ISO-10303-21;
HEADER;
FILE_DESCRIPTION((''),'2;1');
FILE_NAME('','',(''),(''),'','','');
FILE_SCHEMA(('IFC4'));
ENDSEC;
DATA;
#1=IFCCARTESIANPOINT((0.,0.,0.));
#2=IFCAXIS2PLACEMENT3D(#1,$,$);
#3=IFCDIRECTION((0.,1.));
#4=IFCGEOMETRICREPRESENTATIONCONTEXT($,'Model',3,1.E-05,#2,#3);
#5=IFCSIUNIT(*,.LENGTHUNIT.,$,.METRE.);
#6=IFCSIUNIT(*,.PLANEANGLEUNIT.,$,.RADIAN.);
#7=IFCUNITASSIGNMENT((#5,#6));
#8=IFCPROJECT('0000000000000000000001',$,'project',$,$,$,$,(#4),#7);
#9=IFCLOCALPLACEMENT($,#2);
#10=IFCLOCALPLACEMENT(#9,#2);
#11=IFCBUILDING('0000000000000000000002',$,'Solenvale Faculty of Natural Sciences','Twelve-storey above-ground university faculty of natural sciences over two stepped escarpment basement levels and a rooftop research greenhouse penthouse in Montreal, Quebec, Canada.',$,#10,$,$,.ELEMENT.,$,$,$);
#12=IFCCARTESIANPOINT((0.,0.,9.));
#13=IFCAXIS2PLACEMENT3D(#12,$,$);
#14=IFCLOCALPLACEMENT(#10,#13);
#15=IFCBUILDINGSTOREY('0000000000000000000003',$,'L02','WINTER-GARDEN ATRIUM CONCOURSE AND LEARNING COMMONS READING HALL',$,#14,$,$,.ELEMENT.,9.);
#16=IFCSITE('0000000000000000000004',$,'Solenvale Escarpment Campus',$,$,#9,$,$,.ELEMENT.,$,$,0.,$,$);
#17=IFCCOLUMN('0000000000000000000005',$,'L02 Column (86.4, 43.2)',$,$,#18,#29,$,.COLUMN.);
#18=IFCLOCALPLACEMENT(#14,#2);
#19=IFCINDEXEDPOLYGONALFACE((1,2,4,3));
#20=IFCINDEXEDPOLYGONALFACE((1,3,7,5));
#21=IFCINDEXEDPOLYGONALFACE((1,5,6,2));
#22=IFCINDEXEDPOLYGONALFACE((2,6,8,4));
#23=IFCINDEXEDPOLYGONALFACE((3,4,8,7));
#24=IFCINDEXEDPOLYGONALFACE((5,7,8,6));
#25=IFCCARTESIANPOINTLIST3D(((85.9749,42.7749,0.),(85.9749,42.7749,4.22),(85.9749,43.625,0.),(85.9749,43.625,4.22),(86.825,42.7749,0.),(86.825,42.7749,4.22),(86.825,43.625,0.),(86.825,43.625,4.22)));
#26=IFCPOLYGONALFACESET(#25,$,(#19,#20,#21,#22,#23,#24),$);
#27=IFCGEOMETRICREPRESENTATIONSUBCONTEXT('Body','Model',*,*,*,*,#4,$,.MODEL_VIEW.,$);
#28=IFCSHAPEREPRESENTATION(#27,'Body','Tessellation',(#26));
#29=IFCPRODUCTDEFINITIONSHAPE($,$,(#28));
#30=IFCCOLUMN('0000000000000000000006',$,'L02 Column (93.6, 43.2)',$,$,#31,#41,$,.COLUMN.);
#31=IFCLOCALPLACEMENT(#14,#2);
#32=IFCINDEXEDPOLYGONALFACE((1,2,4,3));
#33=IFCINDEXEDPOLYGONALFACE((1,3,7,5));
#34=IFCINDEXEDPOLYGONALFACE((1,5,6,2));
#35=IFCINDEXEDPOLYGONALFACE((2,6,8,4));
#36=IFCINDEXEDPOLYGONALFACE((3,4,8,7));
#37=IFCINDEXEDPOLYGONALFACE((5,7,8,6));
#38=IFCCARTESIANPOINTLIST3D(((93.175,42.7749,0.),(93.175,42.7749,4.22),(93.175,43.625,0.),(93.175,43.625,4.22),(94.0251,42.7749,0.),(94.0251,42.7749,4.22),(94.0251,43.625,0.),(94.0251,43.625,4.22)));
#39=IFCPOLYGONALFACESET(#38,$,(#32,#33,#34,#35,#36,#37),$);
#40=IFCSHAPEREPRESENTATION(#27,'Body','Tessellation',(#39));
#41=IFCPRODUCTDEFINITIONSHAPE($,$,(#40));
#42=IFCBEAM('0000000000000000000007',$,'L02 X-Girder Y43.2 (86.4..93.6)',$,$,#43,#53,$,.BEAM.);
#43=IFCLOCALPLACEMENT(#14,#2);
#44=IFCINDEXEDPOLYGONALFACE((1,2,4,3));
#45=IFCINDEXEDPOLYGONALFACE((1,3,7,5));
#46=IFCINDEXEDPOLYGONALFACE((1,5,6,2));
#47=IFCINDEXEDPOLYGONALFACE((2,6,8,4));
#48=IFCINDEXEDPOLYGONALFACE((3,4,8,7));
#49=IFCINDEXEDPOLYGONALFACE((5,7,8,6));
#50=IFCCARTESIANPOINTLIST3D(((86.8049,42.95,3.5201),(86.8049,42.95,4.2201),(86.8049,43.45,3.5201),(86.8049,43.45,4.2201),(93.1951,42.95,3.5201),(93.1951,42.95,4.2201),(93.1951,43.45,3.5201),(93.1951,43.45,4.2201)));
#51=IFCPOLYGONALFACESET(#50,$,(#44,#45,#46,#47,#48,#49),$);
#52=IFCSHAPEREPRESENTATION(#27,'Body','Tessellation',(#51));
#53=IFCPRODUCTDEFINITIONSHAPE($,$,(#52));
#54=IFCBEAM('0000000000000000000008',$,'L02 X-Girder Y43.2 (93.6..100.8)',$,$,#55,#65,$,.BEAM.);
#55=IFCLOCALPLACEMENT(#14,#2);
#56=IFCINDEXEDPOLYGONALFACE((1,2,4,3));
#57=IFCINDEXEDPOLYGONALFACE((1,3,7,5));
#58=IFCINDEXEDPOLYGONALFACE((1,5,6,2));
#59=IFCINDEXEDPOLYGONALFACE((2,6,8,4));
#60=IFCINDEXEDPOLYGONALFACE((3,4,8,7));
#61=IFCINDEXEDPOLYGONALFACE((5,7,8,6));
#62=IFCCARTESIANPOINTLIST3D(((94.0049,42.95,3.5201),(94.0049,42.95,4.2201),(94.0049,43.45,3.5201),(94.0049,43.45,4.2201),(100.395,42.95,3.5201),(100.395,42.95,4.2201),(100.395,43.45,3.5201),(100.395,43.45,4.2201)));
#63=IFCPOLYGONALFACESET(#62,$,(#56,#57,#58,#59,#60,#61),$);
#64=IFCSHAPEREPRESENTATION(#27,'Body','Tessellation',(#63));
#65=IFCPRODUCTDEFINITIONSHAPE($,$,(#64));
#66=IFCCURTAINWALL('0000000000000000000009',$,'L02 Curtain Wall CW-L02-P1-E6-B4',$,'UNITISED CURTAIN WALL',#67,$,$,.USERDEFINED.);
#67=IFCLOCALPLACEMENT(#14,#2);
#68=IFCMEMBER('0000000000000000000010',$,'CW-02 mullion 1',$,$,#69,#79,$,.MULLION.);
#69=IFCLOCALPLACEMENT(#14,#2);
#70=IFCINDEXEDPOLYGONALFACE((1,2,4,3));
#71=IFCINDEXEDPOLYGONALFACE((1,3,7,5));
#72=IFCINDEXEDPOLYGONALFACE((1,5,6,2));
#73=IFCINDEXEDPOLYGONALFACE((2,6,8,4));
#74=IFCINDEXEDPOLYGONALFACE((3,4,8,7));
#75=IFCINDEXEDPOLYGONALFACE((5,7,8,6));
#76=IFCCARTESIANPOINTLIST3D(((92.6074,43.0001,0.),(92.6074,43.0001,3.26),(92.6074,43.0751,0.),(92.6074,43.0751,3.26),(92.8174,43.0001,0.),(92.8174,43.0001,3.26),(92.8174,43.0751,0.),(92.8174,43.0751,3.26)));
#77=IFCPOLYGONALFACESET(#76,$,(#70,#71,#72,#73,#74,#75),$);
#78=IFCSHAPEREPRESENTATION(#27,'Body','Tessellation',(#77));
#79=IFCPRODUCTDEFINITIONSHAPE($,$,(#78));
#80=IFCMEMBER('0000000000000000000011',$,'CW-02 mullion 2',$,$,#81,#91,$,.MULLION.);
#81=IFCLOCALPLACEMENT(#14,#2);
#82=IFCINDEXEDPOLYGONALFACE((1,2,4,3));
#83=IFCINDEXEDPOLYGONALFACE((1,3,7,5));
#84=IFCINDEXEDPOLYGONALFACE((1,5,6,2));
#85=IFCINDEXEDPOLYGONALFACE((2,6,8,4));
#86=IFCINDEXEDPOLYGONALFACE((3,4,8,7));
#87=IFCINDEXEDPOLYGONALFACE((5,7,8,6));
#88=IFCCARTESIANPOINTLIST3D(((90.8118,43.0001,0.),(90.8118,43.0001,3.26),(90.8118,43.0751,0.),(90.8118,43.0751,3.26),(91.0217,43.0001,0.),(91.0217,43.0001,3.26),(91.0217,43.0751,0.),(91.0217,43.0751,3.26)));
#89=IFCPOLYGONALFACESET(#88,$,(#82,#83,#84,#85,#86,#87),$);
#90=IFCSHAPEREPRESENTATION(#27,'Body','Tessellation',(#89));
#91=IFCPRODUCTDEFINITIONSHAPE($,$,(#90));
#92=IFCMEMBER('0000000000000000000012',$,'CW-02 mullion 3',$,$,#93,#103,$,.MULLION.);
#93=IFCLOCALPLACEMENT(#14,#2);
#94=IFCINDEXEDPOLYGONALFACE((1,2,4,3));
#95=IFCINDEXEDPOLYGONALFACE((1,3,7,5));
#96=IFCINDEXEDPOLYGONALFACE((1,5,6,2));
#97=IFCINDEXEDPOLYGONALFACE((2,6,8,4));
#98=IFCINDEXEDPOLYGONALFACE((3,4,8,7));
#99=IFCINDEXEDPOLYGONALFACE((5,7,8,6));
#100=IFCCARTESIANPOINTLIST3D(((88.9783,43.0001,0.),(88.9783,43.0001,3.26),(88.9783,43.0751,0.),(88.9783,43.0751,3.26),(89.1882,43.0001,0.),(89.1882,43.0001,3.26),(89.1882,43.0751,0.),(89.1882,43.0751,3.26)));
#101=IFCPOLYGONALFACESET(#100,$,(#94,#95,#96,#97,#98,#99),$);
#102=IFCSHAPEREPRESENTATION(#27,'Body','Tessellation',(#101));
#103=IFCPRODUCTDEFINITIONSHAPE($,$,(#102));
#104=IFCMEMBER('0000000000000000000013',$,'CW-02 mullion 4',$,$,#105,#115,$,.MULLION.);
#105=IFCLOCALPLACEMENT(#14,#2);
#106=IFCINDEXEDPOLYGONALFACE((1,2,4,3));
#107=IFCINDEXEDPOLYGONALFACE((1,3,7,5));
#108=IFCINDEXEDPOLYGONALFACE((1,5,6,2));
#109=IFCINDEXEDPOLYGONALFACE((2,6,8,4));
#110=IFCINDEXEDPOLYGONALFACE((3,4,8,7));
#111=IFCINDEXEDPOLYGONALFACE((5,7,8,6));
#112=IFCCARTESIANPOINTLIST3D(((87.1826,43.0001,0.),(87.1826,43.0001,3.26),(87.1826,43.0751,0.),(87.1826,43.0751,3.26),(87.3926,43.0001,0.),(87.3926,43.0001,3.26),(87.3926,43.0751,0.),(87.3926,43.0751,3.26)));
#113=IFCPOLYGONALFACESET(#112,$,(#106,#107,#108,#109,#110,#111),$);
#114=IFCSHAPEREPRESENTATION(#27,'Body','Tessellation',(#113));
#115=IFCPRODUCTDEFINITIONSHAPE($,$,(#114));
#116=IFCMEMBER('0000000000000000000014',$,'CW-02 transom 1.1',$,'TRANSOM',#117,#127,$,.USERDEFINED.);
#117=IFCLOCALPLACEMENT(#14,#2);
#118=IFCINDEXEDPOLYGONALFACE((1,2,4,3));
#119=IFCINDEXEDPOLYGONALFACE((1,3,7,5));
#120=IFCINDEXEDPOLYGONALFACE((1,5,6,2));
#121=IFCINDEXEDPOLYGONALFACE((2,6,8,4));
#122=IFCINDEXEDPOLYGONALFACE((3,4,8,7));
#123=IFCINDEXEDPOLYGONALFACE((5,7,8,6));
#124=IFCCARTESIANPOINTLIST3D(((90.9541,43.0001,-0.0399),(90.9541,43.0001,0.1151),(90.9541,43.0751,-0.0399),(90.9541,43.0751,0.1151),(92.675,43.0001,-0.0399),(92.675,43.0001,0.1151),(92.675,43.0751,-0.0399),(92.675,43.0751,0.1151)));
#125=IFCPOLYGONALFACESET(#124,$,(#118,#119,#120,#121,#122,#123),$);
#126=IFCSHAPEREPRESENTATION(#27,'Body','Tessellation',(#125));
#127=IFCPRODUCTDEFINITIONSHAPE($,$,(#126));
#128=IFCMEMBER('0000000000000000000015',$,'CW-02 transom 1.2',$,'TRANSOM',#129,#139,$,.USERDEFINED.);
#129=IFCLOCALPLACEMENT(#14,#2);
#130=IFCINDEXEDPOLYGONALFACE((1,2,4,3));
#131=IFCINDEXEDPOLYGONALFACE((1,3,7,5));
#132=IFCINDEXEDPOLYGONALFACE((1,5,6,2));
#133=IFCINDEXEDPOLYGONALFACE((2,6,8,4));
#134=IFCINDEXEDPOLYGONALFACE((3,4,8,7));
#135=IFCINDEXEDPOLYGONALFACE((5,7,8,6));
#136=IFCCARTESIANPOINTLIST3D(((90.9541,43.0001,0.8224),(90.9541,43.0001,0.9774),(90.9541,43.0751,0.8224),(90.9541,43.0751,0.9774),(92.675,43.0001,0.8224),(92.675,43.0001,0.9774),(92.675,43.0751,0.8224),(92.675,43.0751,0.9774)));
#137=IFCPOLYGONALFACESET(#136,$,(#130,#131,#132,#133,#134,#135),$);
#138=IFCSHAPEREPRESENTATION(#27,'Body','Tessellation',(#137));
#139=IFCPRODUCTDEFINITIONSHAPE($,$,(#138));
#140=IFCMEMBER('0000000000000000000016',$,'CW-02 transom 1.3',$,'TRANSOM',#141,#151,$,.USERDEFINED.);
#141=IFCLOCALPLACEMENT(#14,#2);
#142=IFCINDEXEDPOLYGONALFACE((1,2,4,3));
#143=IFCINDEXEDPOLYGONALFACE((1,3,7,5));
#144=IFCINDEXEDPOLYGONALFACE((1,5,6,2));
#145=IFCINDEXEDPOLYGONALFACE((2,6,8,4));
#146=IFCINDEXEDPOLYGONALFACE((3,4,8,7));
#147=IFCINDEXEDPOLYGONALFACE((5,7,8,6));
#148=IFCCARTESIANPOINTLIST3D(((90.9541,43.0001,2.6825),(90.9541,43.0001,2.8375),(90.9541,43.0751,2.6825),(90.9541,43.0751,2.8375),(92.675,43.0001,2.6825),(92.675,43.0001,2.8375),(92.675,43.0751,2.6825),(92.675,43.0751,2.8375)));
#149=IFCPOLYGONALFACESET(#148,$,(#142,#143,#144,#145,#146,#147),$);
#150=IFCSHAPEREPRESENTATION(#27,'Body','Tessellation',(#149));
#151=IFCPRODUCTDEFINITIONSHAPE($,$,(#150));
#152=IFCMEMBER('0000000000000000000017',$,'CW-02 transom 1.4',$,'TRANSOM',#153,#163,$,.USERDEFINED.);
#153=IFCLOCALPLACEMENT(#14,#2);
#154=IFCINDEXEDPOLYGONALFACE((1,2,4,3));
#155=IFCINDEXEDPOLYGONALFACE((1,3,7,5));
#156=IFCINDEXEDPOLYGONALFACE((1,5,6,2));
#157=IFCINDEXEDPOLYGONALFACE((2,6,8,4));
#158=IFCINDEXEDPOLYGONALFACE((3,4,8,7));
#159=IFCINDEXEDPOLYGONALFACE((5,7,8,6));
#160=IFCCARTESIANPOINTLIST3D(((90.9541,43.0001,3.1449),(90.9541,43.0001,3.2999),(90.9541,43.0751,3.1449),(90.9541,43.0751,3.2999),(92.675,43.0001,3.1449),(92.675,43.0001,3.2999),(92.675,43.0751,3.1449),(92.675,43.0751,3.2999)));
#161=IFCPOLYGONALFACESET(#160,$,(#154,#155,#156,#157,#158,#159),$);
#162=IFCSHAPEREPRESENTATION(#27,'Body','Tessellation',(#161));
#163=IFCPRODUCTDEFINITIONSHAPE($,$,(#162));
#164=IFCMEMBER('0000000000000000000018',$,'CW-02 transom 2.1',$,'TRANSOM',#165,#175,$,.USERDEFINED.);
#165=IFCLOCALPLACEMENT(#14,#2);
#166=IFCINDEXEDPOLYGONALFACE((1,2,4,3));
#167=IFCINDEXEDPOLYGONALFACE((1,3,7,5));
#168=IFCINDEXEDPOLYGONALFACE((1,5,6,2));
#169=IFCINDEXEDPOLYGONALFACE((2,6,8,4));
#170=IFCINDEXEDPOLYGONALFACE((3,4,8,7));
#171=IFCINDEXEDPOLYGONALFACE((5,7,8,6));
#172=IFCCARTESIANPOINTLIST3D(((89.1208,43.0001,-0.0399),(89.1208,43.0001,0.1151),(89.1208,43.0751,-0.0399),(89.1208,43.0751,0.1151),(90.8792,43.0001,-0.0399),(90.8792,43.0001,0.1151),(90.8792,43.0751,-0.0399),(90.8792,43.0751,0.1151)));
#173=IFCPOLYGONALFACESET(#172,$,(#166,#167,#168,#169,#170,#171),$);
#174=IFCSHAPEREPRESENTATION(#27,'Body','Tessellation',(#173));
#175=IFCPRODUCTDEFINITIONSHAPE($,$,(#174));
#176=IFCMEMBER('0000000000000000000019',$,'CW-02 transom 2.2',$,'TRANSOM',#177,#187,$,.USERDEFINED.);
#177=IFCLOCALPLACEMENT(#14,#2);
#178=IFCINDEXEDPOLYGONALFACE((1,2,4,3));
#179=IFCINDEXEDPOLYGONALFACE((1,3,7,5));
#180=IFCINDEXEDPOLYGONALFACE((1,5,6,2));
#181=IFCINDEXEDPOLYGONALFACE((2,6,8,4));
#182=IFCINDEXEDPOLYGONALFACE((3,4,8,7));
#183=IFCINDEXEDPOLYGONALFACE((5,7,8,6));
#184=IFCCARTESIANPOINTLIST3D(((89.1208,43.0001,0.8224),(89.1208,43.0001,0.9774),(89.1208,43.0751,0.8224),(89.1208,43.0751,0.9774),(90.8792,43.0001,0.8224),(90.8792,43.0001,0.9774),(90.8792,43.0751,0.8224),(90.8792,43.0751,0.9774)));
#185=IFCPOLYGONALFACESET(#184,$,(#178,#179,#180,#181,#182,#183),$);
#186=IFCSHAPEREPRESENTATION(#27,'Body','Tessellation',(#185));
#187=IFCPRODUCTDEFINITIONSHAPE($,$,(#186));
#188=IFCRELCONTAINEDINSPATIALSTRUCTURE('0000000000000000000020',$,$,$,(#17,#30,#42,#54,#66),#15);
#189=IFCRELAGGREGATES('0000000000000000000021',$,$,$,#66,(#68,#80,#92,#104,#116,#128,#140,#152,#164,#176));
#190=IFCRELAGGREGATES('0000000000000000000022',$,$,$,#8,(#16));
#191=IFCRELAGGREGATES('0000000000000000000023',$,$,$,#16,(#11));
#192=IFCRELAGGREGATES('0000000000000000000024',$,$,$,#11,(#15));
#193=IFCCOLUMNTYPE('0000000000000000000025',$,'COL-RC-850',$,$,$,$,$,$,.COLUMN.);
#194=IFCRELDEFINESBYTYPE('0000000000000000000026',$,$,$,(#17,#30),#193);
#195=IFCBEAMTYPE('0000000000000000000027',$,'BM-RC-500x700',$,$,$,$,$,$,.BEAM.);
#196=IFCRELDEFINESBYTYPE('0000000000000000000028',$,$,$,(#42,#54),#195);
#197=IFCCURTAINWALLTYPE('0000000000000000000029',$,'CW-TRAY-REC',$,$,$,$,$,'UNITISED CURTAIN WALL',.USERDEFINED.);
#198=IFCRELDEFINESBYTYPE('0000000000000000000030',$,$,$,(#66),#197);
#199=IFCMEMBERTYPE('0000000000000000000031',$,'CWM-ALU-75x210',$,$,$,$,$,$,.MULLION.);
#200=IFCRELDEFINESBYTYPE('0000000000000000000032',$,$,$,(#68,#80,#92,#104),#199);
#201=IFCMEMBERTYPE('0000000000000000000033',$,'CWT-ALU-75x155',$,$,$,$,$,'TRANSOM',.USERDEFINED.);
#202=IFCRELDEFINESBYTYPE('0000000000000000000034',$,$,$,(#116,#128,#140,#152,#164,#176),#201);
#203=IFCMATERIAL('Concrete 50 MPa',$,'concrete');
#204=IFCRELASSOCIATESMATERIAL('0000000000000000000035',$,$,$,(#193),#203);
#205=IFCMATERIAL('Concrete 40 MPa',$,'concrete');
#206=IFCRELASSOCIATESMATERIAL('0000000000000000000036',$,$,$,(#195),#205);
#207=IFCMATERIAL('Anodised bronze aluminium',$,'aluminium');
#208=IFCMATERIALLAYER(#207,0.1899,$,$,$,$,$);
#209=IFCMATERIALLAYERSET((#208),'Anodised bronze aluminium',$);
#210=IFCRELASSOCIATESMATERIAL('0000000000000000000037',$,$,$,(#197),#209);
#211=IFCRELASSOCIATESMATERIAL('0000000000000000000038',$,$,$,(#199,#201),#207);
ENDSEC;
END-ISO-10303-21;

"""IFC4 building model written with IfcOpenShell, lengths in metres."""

from ifc_helpers import new_model, si_unit, direction, frame, origin, origin_2d, place, context, subcontext, project, spatial, rectangle, extrude, material, layer, layer_set, material_profile, profile_set, type_object, element, aggregate, save


model = new_model("IFC4")

# Units and contexts
model_context = context("Model", 3, precision=1e-05, world=origin(), true_north=direction((0.0, 1.0)))
body_context = subcontext(model_context, "Body", "Model", "MODEL_VIEW")
ifc_project = project(units=[si_unit("LENGTHUNIT", "METRE"), si_unit("PLANEANGLEUNIT", "RADIAN")], contexts=[model_context])

# Site, building, storey
site_placement = place(None, origin())
site = spatial("IfcSite", under=ifc_project, at=site_placement, Name="Solenvale Escarpment Campus", CompositionType="ELEMENT", RefElevation=0.0)
building_placement = place(site_placement, origin())
building = spatial("IfcBuilding", under=site, at=building_placement, Name="Solenvale Faculty of Natural Sciences", Description="Twelve-storey above-ground university faculty of natural sciences over two stepped escarpment basement levels and a rooftop research greenhouse penthouse in Montreal, Quebec, Canada.", CompositionType="ELEMENT")
storey_placement = place(building_placement, frame((0.0, 0.0, 9.0)))
storey = spatial("IfcBuildingStorey", under=building, at=storey_placement, Name="L02", Description="WINTER-GARDEN ATRIUM CONCOURSE AND LEARNING COMMONS READING HALL", CompositionType="ELEMENT", Elevation=9.0)

# Columns
ifc_material_1 = material(Name="Concrete 50 MPa", Category="concrete")
ifc_material_profile_1 = material_profile(ifc_material_1, rectangle(XDim=0.8501, YDim=0.8501, at=origin_2d()), Name="RC-COL-850x850")
ifc_profile_set_1 = profile_set([ifc_material_profile_1], Name="Concrete 50 MPa")
column_type = type_object("IfcColumnType", Name="COL-RC-850", PredefinedType="COLUMN", material=ifc_profile_set_1)
for number, where, z_axis, x_axis, name in (
    (1, (86.3999, 43.2, 0.0), (0.0, 0.0, 1.0), (1.0, 0.0, 0.0), "L02 Column (86.4, 43.2)"),
    (2, (93.6001, 43.2, 0.0), (0.0, 0.0, 1.0), (1.0, 0.0, 0.0), "L02 Column (93.6, 43.2)"),
):
    element("IfcColumn", number, at=place(storey_placement, frame(where, z_axis=z_axis, x_axis=x_axis)), inside=storey, type_object=column_type, Name=name, PredefinedType="COLUMN", context=body_context, shape_type="SweptSolid", body=[
        extrude(rectangle(XDim=0.8501, YDim=0.8501, at=origin_2d()), origin(), (0.0, 0.0, 1.0), 4.22),
    ])

# Beams
ifc_material_2 = material(Name="Concrete 40 MPa", Category="concrete")
ifc_material_profile_2 = material_profile(ifc_material_2, rectangle(XDim=0.5, YDim=0.7, at=origin_2d()), Name="RC-BM-500x700")
ifc_profile_set_2 = profile_set([ifc_material_profile_2], Name="Concrete 40 MPa")
beam_type = type_object("IfcBeamType", Name="BM-RC-500x700", PredefinedType="BEAM", material=ifc_profile_set_2)
for number, where, z_axis, x_axis, name in (
    (3, (86.8049, 43.2, 3.8701), (1.0, 0.0, 0.0), (0.0, 1.0, 0.0), "L02 X-Girder Y43.2 (86.4..93.6)"),
    (4, (94.0049, 43.2, 3.8701), (1.0, 0.0, 0.0), (0.0, 1.0, 0.0), "L02 X-Girder Y43.2 (93.6..100.8)"),
):
    element("IfcBeam", number, at=place(storey_placement, frame(where, z_axis=z_axis, x_axis=x_axis)), inside=storey, type_object=beam_type, Name=name, PredefinedType="BEAM", context=body_context, shape_type="SweptSolid", body=[
        extrude(rectangle(XDim=0.5, YDim=0.7, at=origin_2d()), origin(), (0.0, 0.0, 1.0), 6.3901),
    ])

# Curtain wall, members
ifc_material_3 = material(Name="Anodised bronze aluminium", Category="aluminium")
ifc_layer_1 = layer(ifc_material_3, 0.1899)
ifc_layer_set_1 = layer_set([ifc_layer_1], Name="Anodised bronze aluminium")
curtain_wall_type = type_object("IfcCurtainWallType", Name="CW-TRAY-REC", ElementType="UNITISED CURTAIN WALL", PredefinedType="USERDEFINED", material=ifc_layer_set_1)
curtain_wall_placement = place(storey_placement, origin())
curtain_wall = element("IfcCurtainWall", 5, at=curtain_wall_placement, inside=storey, type_object=curtain_wall_type, Name="L02 Curtain Wall CW-L02-P1-E6-B4", ObjectType="UNITISED CURTAIN WALL", PredefinedType="USERDEFINED")
ifc_material_profile_3 = material_profile(ifc_material_3, rectangle(XDim=0.075, YDim=0.21, at=origin_2d()), Name="ALU-MUL-75x210")
ifc_profile_set_3 = profile_set([ifc_material_profile_3], Name="Anodised bronze aluminium")
member_type_1 = type_object("IfcMemberType", Name="CWM-ALU-75x210", PredefinedType="MULLION", material=ifc_profile_set_3)
member_1_placement = place(storey_placement, frame((92.7124, 43.0376, 0.0), z_axis=(0.0, 0.0, 1.0), x_axis=(0.0, -1.0, 0.0)))
member_1 = element("IfcMember", 6, at=member_1_placement, type_object=member_type_1, Name="CW-02 mullion 1", PredefinedType="MULLION", context=body_context, shape_type="SweptSolid", body=[
    extrude(rectangle(XDim=0.075, YDim=0.21, at=origin_2d()), origin(), (0.0, 0.0, 1.0), 3.26),
])
member_2_placement = place(storey_placement, frame((90.9167, 43.0376, 0.0), z_axis=(0.0, 0.0, 1.0), x_axis=(0.0, -1.0, 0.0)))
member_2 = element("IfcMember", 7, at=member_2_placement, type_object=member_type_1, Name="CW-02 mullion 2", PredefinedType="MULLION", context=body_context, shape_type="SweptSolid", body=[
    extrude(rectangle(XDim=0.075, YDim=0.21, at=origin_2d()), origin(), (0.0, 0.0, 1.0), 3.26),
])
member_3_placement = place(storey_placement, frame((89.0833, 43.0376, 0.0), z_axis=(0.0, 0.0, 1.0), x_axis=(0.0, -1.0, 0.0)))
member_3 = element("IfcMember", 8, at=member_3_placement, type_object=member_type_1, Name="CW-02 mullion 3", PredefinedType="MULLION", context=body_context, shape_type="SweptSolid", body=[
    extrude(rectangle(XDim=0.075, YDim=0.21, at=origin_2d()), origin(), (0.0, 0.0, 1.0), 3.26),
])
member_4_placement = place(storey_placement, frame((87.2876, 43.0376, 0.0), z_axis=(0.0, 0.0, 1.0), x_axis=(0.0, -1.0, 0.0)))
member_4 = element("IfcMember", 9, at=member_4_placement, type_object=member_type_1, Name="CW-02 mullion 4", PredefinedType="MULLION", context=body_context, shape_type="SweptSolid", body=[
    extrude(rectangle(XDim=0.075, YDim=0.21, at=origin_2d()), origin(), (0.0, 0.0, 1.0), 3.26),
])
ifc_material_profile_4 = material_profile(ifc_material_3, rectangle(XDim=0.075, YDim=0.155, at=origin_2d()), Name="ALU-TRN-75x155")
ifc_profile_set_4 = profile_set([ifc_material_profile_4], Name="Anodised bronze aluminium")
member_type_2 = type_object("IfcMemberType", Name="CWT-ALU-75x155", ElementType="TRANSOM", PredefinedType="USERDEFINED", material=ifc_profile_set_4)
member_5_placement = place(storey_placement, frame((92.675, 43.0376, 0.0376), z_axis=(-1.0, 0.0, 0.0), x_axis=(0.0, -1.0, 0.0)))
member_5 = element("IfcMember", 10, at=member_5_placement, type_object=member_type_2, Name="CW-02 transom 1.1", ObjectType="TRANSOM", PredefinedType="USERDEFINED", context=body_context, shape_type="SweptSolid", body=[
    extrude(rectangle(XDim=0.075, YDim=0.155, at=origin_2d()), origin(), (0.0, 0.0, 1.0), 1.7209),
])
member_6_placement = place(storey_placement, frame((92.675, 43.0376, 0.8999), z_axis=(-1.0, 0.0, 0.0), x_axis=(0.0, -1.0, 0.0)))
member_6 = element("IfcMember", 11, at=member_6_placement, type_object=member_type_2, Name="CW-02 transom 1.2", ObjectType="TRANSOM", PredefinedType="USERDEFINED", context=body_context, shape_type="SweptSolid", body=[
    extrude(rectangle(XDim=0.075, YDim=0.155, at=origin_2d()), origin(), (0.0, 0.0, 1.0), 1.7209),
])
member_7_placement = place(storey_placement, frame((92.675, 43.0376, 2.76), z_axis=(-1.0, 0.0, 0.0), x_axis=(0.0, -1.0, 0.0)))
member_7 = element("IfcMember", 12, at=member_7_placement, type_object=member_type_2, Name="CW-02 transom 1.3", ObjectType="TRANSOM", PredefinedType="USERDEFINED", context=body_context, shape_type="SweptSolid", body=[
    extrude(rectangle(XDim=0.075, YDim=0.155, at=origin_2d()), origin(), (0.0, 0.0, 1.0), 1.7209),
])
member_8_placement = place(storey_placement, frame((92.675, 43.0376, 3.2224), z_axis=(-1.0, 0.0, 0.0), x_axis=(0.0, -1.0, 0.0)))
member_8 = element("IfcMember", 13, at=member_8_placement, type_object=member_type_2, Name="CW-02 transom 1.4", ObjectType="TRANSOM", PredefinedType="USERDEFINED", context=body_context, shape_type="SweptSolid", body=[
    extrude(rectangle(XDim=0.075, YDim=0.155, at=origin_2d()), origin(), (0.0, 0.0, 1.0), 1.7209),
])
member_9_placement = place(storey_placement, frame((90.8792, 43.0376, 0.0376), z_axis=(-1.0, 0.0, 0.0), x_axis=(0.0, -1.0, 0.0)))
member_9 = element("IfcMember", 14, at=member_9_placement, type_object=member_type_2, Name="CW-02 transom 2.1", ObjectType="TRANSOM", PredefinedType="USERDEFINED", context=body_context, shape_type="SweptSolid", body=[
    extrude(rectangle(XDim=0.075, YDim=0.155, at=origin_2d()), origin(), (0.0, 0.0, 1.0), 1.7583),
])
member_10_placement = place(storey_placement, frame((90.8792, 43.0376, 0.8999), z_axis=(-1.0, 0.0, 0.0), x_axis=(0.0, -1.0, 0.0)))
member_10 = element("IfcMember", 15, at=member_10_placement, type_object=member_type_2, Name="CW-02 transom 2.2", ObjectType="TRANSOM", PredefinedType="USERDEFINED", context=body_context, shape_type="SweptSolid", body=[
    extrude(rectangle(XDim=0.075, YDim=0.155, at=origin_2d()), origin(), (0.0, 0.0, 1.0), 1.7583),
])
aggregate(curtain_wall, [member_1, member_2, member_3, member_4, member_5, member_6, member_7, member_8, member_9, member_10])

save(model, "model.ifc")
